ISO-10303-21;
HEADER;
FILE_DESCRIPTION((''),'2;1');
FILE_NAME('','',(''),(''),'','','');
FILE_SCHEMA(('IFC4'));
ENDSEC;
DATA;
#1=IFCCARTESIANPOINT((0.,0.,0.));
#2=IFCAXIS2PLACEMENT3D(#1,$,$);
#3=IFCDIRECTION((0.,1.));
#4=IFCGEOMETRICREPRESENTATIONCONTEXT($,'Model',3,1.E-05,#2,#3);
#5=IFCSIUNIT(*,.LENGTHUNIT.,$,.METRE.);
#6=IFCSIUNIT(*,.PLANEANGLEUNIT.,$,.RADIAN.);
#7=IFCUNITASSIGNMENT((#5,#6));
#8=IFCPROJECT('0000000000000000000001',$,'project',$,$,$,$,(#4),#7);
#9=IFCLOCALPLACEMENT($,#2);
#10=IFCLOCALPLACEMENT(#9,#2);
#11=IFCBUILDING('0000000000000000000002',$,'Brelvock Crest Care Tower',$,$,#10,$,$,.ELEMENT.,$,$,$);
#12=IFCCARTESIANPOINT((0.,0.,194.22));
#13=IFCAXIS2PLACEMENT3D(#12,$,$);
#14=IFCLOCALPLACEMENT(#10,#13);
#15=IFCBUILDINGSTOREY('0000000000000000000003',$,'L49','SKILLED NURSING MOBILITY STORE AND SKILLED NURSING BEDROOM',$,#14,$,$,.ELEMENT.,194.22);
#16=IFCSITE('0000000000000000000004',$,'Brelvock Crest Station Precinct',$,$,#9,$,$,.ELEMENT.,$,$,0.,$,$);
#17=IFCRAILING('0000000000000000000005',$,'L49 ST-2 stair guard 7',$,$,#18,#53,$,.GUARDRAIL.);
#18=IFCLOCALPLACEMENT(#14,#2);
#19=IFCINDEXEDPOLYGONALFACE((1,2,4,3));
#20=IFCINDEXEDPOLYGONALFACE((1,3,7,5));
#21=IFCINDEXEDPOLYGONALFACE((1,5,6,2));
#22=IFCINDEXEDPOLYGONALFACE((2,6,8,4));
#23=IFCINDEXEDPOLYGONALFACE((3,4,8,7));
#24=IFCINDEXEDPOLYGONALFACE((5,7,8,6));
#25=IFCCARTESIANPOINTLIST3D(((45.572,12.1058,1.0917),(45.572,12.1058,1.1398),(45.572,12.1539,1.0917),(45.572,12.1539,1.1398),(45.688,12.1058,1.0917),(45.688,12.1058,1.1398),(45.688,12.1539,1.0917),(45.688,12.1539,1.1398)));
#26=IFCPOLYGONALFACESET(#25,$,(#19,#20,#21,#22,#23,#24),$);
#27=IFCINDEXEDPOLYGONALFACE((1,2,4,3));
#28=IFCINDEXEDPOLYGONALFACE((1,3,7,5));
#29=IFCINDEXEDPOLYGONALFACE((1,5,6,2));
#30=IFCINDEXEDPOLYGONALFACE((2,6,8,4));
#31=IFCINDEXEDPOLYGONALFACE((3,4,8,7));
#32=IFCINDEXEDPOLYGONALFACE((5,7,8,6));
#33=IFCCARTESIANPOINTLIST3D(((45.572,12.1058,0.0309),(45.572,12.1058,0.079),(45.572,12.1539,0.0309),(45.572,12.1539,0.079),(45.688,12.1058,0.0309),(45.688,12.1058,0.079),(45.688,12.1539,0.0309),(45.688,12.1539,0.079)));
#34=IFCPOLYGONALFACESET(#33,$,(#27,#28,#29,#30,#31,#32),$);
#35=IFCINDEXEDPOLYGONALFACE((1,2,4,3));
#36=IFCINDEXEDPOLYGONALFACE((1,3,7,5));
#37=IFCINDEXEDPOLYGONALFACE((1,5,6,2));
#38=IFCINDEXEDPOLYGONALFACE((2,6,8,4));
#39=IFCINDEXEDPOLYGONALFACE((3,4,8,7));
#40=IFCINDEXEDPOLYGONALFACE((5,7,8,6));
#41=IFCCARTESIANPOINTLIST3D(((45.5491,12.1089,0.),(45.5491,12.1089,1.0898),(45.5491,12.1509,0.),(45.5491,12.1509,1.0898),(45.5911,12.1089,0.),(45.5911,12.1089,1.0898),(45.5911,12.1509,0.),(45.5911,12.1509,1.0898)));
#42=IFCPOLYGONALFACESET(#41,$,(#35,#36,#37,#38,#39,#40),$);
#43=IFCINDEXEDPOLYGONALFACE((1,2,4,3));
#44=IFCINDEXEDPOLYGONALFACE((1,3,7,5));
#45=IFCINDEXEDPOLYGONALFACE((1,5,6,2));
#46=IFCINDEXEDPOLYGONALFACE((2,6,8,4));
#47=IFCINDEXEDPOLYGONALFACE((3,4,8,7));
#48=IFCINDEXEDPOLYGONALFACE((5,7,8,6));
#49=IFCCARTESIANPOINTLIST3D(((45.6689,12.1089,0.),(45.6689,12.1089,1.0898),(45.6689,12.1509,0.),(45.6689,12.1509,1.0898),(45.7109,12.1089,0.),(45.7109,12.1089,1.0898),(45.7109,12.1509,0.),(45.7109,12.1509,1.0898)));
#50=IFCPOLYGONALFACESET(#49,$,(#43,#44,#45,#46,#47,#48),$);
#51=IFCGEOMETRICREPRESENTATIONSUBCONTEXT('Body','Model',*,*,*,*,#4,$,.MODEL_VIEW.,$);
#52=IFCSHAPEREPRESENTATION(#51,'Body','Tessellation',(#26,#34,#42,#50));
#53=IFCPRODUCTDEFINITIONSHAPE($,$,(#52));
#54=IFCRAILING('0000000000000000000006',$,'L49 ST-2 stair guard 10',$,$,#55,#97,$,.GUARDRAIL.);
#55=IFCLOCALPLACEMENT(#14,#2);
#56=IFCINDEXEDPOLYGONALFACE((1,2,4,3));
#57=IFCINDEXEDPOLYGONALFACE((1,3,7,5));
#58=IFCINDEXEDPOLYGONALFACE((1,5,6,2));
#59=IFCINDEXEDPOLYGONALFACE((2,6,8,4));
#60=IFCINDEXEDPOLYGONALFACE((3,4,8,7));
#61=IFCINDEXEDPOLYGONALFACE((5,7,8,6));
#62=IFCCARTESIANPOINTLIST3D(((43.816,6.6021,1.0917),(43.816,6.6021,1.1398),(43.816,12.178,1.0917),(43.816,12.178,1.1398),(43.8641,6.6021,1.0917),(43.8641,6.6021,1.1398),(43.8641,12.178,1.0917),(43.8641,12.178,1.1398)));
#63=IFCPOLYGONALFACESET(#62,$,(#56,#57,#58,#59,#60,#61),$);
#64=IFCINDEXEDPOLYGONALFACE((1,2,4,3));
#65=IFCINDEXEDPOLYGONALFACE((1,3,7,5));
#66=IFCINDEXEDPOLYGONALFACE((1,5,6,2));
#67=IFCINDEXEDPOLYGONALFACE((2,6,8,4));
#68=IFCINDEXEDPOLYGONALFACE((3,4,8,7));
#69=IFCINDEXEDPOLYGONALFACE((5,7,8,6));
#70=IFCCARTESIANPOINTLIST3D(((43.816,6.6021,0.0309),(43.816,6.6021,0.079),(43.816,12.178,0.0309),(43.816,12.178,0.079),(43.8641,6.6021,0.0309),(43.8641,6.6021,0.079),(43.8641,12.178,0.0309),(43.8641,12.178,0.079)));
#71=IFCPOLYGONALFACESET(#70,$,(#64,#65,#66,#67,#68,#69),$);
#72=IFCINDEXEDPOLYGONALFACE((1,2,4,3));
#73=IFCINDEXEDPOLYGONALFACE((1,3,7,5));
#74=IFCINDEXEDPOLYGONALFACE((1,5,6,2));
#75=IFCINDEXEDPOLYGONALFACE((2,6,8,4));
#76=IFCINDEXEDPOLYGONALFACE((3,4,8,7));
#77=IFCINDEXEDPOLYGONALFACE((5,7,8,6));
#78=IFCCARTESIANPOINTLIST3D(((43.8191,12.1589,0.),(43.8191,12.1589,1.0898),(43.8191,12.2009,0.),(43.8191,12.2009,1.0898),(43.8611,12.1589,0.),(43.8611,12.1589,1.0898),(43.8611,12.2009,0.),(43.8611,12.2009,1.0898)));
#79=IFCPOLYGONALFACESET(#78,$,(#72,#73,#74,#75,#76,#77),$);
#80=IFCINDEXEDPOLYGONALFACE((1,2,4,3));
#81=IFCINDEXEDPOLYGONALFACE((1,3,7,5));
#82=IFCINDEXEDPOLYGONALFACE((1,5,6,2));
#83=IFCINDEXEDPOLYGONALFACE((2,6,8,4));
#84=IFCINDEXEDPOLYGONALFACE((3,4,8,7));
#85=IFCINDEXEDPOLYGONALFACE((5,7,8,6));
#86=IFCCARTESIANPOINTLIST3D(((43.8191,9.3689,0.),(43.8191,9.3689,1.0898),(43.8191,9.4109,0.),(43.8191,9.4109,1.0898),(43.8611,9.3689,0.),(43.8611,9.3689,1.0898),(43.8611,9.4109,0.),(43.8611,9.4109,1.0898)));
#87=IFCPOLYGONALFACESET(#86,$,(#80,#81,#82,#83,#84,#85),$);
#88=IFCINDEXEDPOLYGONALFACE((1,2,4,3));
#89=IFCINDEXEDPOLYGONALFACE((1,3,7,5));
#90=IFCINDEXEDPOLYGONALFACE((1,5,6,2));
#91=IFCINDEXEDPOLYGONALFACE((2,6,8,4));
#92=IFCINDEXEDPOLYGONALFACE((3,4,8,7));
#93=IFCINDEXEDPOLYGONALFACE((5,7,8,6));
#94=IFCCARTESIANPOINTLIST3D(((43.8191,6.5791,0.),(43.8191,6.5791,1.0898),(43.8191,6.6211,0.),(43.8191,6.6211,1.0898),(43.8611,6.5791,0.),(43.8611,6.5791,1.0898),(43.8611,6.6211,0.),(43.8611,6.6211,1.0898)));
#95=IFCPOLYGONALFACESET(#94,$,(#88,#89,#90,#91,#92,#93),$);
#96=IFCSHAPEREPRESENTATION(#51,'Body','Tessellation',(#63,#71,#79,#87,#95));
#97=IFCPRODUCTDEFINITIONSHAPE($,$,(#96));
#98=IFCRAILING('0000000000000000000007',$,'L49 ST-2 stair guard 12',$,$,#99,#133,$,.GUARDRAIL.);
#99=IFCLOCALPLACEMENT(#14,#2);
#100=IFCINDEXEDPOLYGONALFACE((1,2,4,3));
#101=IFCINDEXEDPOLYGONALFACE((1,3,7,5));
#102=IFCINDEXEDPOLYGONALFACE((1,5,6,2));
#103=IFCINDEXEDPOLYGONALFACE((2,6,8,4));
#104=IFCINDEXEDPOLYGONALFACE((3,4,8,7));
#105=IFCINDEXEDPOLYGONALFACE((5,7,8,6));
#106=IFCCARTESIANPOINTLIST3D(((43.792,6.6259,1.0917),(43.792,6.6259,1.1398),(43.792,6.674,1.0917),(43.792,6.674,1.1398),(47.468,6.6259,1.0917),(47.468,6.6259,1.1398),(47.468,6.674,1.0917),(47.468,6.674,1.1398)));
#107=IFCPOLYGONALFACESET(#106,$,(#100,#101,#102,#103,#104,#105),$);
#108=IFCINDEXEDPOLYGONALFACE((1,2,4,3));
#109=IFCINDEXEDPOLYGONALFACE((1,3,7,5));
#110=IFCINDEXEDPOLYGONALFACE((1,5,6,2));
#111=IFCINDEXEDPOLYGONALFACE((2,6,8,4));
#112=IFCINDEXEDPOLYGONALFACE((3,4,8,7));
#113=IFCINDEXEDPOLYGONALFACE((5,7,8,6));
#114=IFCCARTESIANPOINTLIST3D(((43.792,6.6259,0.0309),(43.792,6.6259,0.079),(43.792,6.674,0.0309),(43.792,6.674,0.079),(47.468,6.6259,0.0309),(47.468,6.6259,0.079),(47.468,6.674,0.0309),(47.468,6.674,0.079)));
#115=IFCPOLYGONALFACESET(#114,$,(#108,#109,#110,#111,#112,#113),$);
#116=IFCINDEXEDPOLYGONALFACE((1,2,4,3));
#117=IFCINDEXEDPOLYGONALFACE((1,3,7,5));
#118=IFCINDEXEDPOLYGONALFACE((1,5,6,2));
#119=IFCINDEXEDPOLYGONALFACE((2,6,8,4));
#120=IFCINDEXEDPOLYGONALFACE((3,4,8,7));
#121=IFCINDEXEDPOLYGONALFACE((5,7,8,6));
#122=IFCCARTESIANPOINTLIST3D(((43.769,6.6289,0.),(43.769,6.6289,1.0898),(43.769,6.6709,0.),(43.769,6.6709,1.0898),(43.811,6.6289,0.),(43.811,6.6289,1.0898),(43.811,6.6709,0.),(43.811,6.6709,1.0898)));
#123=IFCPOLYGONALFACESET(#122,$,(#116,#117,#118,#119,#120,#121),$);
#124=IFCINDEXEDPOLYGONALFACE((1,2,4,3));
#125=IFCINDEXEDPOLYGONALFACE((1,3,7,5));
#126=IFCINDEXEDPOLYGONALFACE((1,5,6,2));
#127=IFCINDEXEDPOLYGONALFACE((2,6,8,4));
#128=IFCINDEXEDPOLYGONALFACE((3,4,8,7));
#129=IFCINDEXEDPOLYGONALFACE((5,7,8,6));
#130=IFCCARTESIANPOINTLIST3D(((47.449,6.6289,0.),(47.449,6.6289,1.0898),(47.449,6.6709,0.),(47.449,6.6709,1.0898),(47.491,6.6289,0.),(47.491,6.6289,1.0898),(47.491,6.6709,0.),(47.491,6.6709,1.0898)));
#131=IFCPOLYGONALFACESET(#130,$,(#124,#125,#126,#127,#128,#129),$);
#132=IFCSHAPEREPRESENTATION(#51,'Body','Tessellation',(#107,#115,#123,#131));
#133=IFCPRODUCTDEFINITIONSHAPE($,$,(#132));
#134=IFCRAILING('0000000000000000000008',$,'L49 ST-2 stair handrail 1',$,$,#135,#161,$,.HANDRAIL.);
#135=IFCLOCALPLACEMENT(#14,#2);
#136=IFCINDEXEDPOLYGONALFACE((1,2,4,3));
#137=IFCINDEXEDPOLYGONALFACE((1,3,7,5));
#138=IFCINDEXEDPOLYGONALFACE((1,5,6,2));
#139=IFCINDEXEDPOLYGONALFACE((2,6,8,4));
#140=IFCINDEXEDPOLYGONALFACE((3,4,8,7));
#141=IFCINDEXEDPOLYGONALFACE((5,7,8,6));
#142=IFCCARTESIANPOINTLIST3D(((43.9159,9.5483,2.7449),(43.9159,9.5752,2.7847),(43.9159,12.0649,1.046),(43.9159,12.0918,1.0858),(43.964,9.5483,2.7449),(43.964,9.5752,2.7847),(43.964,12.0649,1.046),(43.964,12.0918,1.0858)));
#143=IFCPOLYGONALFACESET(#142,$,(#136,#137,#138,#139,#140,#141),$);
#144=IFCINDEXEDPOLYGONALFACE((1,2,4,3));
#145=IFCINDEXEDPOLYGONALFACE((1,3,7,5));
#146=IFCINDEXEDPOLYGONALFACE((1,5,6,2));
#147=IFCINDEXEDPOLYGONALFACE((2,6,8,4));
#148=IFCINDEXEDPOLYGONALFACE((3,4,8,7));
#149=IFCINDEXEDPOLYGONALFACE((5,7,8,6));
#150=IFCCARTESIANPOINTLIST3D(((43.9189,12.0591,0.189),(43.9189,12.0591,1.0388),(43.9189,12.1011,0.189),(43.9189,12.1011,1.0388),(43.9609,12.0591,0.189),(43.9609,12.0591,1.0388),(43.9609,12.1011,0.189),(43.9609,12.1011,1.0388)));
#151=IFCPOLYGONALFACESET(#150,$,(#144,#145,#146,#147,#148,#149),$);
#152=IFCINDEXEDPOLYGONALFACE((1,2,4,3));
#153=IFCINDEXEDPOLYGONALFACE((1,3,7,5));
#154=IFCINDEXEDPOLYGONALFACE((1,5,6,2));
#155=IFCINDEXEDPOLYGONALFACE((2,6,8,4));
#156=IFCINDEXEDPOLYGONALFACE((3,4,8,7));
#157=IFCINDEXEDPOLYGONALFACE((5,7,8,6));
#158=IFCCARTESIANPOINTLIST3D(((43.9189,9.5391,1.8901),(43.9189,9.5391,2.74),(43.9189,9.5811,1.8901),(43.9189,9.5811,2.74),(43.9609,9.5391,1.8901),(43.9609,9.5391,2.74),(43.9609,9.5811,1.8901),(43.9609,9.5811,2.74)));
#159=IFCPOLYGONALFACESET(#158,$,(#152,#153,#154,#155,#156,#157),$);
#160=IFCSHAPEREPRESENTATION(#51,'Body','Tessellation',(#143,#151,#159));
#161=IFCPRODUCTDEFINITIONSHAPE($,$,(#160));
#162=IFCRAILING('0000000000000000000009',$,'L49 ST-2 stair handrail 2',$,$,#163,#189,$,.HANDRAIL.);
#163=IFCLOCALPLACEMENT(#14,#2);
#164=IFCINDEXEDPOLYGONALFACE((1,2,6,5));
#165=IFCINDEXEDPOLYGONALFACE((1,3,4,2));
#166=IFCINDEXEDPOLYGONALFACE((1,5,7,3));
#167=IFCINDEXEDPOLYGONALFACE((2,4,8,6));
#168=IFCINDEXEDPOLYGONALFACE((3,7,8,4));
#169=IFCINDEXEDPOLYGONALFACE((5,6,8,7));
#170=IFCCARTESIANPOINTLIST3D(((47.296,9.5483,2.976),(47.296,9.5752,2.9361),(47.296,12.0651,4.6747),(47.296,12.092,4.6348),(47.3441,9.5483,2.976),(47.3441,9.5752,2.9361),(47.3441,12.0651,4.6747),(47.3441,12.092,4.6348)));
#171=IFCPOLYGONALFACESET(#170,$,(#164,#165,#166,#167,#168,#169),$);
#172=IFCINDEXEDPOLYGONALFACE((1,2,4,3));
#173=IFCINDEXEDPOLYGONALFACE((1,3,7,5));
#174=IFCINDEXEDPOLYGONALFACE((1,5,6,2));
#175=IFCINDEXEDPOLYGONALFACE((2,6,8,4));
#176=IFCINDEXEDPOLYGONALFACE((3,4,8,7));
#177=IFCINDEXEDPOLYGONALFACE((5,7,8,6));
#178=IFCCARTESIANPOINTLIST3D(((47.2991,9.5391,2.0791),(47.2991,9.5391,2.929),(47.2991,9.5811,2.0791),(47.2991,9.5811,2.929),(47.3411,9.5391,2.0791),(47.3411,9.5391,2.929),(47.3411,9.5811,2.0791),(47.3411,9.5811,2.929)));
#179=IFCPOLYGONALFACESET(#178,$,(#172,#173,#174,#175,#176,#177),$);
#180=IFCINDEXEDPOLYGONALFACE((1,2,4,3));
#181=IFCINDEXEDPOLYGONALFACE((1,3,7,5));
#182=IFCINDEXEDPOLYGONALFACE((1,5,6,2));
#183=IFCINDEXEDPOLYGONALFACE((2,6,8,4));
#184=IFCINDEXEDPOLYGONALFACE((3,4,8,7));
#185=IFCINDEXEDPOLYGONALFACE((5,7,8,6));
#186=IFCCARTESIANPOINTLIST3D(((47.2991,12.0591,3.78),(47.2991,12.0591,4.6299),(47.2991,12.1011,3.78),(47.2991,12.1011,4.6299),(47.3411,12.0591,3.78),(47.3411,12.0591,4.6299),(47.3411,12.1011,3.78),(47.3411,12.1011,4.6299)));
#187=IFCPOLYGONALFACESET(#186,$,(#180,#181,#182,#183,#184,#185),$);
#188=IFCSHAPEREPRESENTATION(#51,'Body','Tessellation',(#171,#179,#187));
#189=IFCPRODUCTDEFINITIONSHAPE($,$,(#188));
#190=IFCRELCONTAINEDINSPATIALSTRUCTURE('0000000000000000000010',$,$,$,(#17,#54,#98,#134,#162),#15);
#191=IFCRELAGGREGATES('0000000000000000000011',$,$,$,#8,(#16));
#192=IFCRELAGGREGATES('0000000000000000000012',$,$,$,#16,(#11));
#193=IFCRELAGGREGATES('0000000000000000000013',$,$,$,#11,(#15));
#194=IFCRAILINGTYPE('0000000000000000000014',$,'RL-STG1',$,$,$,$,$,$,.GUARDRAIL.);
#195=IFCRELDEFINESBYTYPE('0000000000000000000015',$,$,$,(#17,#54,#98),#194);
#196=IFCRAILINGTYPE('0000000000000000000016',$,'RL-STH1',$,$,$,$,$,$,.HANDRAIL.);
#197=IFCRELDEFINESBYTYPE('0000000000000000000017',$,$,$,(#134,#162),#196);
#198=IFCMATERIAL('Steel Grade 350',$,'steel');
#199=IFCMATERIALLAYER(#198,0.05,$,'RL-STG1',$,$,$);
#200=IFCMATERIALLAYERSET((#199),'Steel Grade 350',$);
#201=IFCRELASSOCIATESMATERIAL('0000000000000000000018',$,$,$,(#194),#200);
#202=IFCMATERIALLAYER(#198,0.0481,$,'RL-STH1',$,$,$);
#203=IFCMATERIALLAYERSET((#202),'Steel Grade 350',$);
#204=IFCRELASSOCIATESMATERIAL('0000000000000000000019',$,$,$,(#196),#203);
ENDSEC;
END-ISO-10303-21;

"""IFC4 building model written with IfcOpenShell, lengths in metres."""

from ifc_helpers import new_model, si_unit, direction, frame, origin, origin_2d, place, context, subcontext, project, spatial, rectangle, extrude, material, layer, layer_set, type_object, element, save


model = new_model("IFC4")

# Units and contexts
model_context = context("Model", 3, precision=1e-05, world=origin(), true_north=direction((0.0, 1.0)))
body_context = subcontext(model_context, "Body", "Model", "MODEL_VIEW")
ifc_project = project(units=[si_unit("LENGTHUNIT", "METRE"), si_unit("PLANEANGLEUNIT", "RADIAN")], contexts=[model_context])

# Site, building, storey
site_placement = place(None, origin())
site = spatial("IfcSite", under=ifc_project, at=site_placement, Name="Brelvock Crest Station Precinct", CompositionType="ELEMENT", RefElevation=0.0)
building_placement = place(site_placement, origin())
building = spatial("IfcBuilding", under=site, at=building_placement, Name="Brelvock Crest Care Tower", CompositionType="ELEMENT")
storey_placement = place(building_placement, frame((0.0, 0.0, 194.22)))
storey = spatial("IfcBuildingStorey", under=building, at=storey_placement, Name="L49", Description="SKILLED NURSING MOBILITY STORE AND SKILLED NURSING BEDROOM", CompositionType="ELEMENT", Elevation=194.22)

# Shared definitions
ifc_material_1 = material(Name="Steel Grade 350", Category="steel")

# Railings
ifc_layer_1 = layer(ifc_material_1, 0.05, Name="RL-STG1")
ifc_layer_set_1 = layer_set([ifc_layer_1], Name="Steel Grade 350")
railing_type_1 = type_object("IfcRailingType", Name="RL-STG1", PredefinedType="GUARDRAIL", material=ifc_layer_set_1)
railing_1_placement = place(storey_placement, frame((45.5701, 12.1299, 0.0)))
element("IfcRailing", 1, at=railing_1_placement, inside=storey, type_object=railing_type_1, Name="L49 ST-2 stair guard 7", PredefinedType="GUARDRAIL", context=body_context, shape_type="SweptSolid", body=[
    extrude(rectangle(XDim=0.0481, YDim=0.0481, at=origin_2d()), frame((0.002, 0.0, 1.1157), z_axis=(1.0, 0.0, 0.0), x_axis=(0.0, 1.0, 0.0)), (0.0, 0.0, 1.0), 0.116),
    extrude(rectangle(XDim=0.0481, YDim=0.0481, at=origin_2d()), frame((0.002, 0.0, 0.0549), z_axis=(1.0, 0.0, 0.0), x_axis=(0.0, 1.0, 0.0)), (0.0, 0.0, 1.0), 0.116),
    extrude(rectangle(XDim=0.042, YDim=0.042, at=origin_2d()), origin(), (0.0, 0.0, 1.0), 1.0898),
    extrude(rectangle(XDim=0.042, YDim=0.042, at=origin_2d()), frame((0.1199, 0.0, 0.0)), (0.0, 0.0, 1.0), 1.0898),
])
railing_2_placement = place(storey_placement, frame((43.8401, 12.1799, 0.0)))
element("IfcRailing", 2, at=railing_2_placement, inside=storey, type_object=railing_type_1, Name="L49 ST-2 stair guard 10", PredefinedType="GUARDRAIL", context=body_context, shape_type="SweptSolid", body=[
    extrude(rectangle(XDim=0.0481, YDim=0.0481, at=origin_2d()), frame((0.0, -0.002, 1.1157), z_axis=(0.0, -1.0, 0.0), x_axis=(1.0, 0.0, 0.0)), (0.0, 0.0, 1.0), 5.5759),
    extrude(rectangle(XDim=0.0481, YDim=0.0481, at=origin_2d()), frame((0.0, -0.002, 0.0549), z_axis=(0.0, -1.0, 0.0), x_axis=(1.0, 0.0, 0.0)), (0.0, 0.0, 1.0), 5.5759),
    extrude(rectangle(XDim=0.042, YDim=0.042, at=origin_2d()), origin(), (0.0, 0.0, 1.0), 1.0898),
    extrude(rectangle(XDim=0.042, YDim=0.042, at=origin_2d()), frame((0.0, -2.79, 0.0)), (0.0, 0.0, 1.0), 1.0898),
    extrude(rectangle(XDim=0.042, YDim=0.042, at=origin_2d()), frame((0.0, -5.5798, 0.0)), (0.0, 0.0, 1.0), 1.0898),
])
railing_3_placement = place(storey_placement, frame((43.79, 6.6499, 0.0)))
element("IfcRailing", 3, at=railing_3_placement, inside=storey, type_object=railing_type_1, Name="L49 ST-2 stair guard 12", PredefinedType="GUARDRAIL", context=body_context, shape_type="SweptSolid", body=[
    extrude(rectangle(XDim=0.0481, YDim=0.0481, at=origin_2d()), frame((0.002, 0.0, 1.1157), z_axis=(1.0, 0.0, 0.0), x_axis=(0.0, 1.0, 0.0)), (0.0, 0.0, 1.0), 3.676),
    extrude(rectangle(XDim=0.0481, YDim=0.0481, at=origin_2d()), frame((0.002, 0.0, 0.0549), z_axis=(1.0, 0.0, 0.0), x_axis=(0.0, 1.0, 0.0)), (0.0, 0.0, 1.0), 3.676),
    extrude(rectangle(XDim=0.042, YDim=0.042, at=origin_2d()), origin(), (0.0, 0.0, 1.0), 1.0898),
    extrude(rectangle(XDim=0.042, YDim=0.042, at=origin_2d()), frame((3.6799, 0.0, 0.0)), (0.0, 0.0, 1.0), 1.0898),
])
ifc_layer_2 = layer(ifc_material_1, 0.0481, Name="RL-STH1")
ifc_layer_set_2 = layer_set([ifc_layer_2], Name="Steel Grade 350")
railing_type_2 = type_object("IfcRailingType", Name="RL-STH1", PredefinedType="HANDRAIL", material=ifc_layer_set_2)
railing_4_placement = place(storey_placement, frame((43.9399, 12.0801, 0.189)))
element("IfcRailing", 4, at=railing_4_placement, inside=storey, type_object=railing_type_2, Name="L49 ST-2 stair handrail 1", PredefinedType="HANDRAIL", context=body_context, shape_type="SweptSolid", body=[
    extrude(rectangle(XDim=0.0481, YDim=0.0481, at=origin_2d()), frame((0.0, -0.0017, 0.877), z_axis=(0.0, -0.828824, 0.559509), x_axis=(1.0, 0.0, 0.0)), (0.0, 0.0, 1.0), 3.0364),
    extrude(rectangle(XDim=0.042, YDim=0.042, at=origin_2d()), origin(), (0.0, 0.0, 1.0), 0.8499),
    extrude(rectangle(XDim=0.042, YDim=0.042, at=origin_2d()), frame((0.0, -2.52, 1.7012)), (0.0, 0.0, 1.0), 0.8499),
])
railing_5_placement = place(storey_placement, frame((47.3201, 9.5601, 2.0791)))
element("IfcRailing", 5, at=railing_5_placement, inside=storey, type_object=railing_type_2, Name="L49 ST-2 stair handrail 2", PredefinedType="HANDRAIL", context=body_context, shape_type="SweptSolid", body=[
    extrude(rectangle(XDim=0.0481, YDim=0.0481, at=origin_2d()), frame((0.0, 0.0017, 0.877), z_axis=(0.0, 0.828862, 0.559454), x_axis=(-1.0, 0.0, 0.0)), (0.0, 0.0, 1.0), 3.0364),
    extrude(rectangle(XDim=0.042, YDim=0.042, at=origin_2d()), origin(), (0.0, 0.0, 1.0), 0.8499),
    extrude(rectangle(XDim=0.042, YDim=0.042, at=origin_2d()), frame((0.0, 2.52, 1.7009)), (0.0, 0.0, 1.0), 0.8499),
])

save(model, "model.ifc")
